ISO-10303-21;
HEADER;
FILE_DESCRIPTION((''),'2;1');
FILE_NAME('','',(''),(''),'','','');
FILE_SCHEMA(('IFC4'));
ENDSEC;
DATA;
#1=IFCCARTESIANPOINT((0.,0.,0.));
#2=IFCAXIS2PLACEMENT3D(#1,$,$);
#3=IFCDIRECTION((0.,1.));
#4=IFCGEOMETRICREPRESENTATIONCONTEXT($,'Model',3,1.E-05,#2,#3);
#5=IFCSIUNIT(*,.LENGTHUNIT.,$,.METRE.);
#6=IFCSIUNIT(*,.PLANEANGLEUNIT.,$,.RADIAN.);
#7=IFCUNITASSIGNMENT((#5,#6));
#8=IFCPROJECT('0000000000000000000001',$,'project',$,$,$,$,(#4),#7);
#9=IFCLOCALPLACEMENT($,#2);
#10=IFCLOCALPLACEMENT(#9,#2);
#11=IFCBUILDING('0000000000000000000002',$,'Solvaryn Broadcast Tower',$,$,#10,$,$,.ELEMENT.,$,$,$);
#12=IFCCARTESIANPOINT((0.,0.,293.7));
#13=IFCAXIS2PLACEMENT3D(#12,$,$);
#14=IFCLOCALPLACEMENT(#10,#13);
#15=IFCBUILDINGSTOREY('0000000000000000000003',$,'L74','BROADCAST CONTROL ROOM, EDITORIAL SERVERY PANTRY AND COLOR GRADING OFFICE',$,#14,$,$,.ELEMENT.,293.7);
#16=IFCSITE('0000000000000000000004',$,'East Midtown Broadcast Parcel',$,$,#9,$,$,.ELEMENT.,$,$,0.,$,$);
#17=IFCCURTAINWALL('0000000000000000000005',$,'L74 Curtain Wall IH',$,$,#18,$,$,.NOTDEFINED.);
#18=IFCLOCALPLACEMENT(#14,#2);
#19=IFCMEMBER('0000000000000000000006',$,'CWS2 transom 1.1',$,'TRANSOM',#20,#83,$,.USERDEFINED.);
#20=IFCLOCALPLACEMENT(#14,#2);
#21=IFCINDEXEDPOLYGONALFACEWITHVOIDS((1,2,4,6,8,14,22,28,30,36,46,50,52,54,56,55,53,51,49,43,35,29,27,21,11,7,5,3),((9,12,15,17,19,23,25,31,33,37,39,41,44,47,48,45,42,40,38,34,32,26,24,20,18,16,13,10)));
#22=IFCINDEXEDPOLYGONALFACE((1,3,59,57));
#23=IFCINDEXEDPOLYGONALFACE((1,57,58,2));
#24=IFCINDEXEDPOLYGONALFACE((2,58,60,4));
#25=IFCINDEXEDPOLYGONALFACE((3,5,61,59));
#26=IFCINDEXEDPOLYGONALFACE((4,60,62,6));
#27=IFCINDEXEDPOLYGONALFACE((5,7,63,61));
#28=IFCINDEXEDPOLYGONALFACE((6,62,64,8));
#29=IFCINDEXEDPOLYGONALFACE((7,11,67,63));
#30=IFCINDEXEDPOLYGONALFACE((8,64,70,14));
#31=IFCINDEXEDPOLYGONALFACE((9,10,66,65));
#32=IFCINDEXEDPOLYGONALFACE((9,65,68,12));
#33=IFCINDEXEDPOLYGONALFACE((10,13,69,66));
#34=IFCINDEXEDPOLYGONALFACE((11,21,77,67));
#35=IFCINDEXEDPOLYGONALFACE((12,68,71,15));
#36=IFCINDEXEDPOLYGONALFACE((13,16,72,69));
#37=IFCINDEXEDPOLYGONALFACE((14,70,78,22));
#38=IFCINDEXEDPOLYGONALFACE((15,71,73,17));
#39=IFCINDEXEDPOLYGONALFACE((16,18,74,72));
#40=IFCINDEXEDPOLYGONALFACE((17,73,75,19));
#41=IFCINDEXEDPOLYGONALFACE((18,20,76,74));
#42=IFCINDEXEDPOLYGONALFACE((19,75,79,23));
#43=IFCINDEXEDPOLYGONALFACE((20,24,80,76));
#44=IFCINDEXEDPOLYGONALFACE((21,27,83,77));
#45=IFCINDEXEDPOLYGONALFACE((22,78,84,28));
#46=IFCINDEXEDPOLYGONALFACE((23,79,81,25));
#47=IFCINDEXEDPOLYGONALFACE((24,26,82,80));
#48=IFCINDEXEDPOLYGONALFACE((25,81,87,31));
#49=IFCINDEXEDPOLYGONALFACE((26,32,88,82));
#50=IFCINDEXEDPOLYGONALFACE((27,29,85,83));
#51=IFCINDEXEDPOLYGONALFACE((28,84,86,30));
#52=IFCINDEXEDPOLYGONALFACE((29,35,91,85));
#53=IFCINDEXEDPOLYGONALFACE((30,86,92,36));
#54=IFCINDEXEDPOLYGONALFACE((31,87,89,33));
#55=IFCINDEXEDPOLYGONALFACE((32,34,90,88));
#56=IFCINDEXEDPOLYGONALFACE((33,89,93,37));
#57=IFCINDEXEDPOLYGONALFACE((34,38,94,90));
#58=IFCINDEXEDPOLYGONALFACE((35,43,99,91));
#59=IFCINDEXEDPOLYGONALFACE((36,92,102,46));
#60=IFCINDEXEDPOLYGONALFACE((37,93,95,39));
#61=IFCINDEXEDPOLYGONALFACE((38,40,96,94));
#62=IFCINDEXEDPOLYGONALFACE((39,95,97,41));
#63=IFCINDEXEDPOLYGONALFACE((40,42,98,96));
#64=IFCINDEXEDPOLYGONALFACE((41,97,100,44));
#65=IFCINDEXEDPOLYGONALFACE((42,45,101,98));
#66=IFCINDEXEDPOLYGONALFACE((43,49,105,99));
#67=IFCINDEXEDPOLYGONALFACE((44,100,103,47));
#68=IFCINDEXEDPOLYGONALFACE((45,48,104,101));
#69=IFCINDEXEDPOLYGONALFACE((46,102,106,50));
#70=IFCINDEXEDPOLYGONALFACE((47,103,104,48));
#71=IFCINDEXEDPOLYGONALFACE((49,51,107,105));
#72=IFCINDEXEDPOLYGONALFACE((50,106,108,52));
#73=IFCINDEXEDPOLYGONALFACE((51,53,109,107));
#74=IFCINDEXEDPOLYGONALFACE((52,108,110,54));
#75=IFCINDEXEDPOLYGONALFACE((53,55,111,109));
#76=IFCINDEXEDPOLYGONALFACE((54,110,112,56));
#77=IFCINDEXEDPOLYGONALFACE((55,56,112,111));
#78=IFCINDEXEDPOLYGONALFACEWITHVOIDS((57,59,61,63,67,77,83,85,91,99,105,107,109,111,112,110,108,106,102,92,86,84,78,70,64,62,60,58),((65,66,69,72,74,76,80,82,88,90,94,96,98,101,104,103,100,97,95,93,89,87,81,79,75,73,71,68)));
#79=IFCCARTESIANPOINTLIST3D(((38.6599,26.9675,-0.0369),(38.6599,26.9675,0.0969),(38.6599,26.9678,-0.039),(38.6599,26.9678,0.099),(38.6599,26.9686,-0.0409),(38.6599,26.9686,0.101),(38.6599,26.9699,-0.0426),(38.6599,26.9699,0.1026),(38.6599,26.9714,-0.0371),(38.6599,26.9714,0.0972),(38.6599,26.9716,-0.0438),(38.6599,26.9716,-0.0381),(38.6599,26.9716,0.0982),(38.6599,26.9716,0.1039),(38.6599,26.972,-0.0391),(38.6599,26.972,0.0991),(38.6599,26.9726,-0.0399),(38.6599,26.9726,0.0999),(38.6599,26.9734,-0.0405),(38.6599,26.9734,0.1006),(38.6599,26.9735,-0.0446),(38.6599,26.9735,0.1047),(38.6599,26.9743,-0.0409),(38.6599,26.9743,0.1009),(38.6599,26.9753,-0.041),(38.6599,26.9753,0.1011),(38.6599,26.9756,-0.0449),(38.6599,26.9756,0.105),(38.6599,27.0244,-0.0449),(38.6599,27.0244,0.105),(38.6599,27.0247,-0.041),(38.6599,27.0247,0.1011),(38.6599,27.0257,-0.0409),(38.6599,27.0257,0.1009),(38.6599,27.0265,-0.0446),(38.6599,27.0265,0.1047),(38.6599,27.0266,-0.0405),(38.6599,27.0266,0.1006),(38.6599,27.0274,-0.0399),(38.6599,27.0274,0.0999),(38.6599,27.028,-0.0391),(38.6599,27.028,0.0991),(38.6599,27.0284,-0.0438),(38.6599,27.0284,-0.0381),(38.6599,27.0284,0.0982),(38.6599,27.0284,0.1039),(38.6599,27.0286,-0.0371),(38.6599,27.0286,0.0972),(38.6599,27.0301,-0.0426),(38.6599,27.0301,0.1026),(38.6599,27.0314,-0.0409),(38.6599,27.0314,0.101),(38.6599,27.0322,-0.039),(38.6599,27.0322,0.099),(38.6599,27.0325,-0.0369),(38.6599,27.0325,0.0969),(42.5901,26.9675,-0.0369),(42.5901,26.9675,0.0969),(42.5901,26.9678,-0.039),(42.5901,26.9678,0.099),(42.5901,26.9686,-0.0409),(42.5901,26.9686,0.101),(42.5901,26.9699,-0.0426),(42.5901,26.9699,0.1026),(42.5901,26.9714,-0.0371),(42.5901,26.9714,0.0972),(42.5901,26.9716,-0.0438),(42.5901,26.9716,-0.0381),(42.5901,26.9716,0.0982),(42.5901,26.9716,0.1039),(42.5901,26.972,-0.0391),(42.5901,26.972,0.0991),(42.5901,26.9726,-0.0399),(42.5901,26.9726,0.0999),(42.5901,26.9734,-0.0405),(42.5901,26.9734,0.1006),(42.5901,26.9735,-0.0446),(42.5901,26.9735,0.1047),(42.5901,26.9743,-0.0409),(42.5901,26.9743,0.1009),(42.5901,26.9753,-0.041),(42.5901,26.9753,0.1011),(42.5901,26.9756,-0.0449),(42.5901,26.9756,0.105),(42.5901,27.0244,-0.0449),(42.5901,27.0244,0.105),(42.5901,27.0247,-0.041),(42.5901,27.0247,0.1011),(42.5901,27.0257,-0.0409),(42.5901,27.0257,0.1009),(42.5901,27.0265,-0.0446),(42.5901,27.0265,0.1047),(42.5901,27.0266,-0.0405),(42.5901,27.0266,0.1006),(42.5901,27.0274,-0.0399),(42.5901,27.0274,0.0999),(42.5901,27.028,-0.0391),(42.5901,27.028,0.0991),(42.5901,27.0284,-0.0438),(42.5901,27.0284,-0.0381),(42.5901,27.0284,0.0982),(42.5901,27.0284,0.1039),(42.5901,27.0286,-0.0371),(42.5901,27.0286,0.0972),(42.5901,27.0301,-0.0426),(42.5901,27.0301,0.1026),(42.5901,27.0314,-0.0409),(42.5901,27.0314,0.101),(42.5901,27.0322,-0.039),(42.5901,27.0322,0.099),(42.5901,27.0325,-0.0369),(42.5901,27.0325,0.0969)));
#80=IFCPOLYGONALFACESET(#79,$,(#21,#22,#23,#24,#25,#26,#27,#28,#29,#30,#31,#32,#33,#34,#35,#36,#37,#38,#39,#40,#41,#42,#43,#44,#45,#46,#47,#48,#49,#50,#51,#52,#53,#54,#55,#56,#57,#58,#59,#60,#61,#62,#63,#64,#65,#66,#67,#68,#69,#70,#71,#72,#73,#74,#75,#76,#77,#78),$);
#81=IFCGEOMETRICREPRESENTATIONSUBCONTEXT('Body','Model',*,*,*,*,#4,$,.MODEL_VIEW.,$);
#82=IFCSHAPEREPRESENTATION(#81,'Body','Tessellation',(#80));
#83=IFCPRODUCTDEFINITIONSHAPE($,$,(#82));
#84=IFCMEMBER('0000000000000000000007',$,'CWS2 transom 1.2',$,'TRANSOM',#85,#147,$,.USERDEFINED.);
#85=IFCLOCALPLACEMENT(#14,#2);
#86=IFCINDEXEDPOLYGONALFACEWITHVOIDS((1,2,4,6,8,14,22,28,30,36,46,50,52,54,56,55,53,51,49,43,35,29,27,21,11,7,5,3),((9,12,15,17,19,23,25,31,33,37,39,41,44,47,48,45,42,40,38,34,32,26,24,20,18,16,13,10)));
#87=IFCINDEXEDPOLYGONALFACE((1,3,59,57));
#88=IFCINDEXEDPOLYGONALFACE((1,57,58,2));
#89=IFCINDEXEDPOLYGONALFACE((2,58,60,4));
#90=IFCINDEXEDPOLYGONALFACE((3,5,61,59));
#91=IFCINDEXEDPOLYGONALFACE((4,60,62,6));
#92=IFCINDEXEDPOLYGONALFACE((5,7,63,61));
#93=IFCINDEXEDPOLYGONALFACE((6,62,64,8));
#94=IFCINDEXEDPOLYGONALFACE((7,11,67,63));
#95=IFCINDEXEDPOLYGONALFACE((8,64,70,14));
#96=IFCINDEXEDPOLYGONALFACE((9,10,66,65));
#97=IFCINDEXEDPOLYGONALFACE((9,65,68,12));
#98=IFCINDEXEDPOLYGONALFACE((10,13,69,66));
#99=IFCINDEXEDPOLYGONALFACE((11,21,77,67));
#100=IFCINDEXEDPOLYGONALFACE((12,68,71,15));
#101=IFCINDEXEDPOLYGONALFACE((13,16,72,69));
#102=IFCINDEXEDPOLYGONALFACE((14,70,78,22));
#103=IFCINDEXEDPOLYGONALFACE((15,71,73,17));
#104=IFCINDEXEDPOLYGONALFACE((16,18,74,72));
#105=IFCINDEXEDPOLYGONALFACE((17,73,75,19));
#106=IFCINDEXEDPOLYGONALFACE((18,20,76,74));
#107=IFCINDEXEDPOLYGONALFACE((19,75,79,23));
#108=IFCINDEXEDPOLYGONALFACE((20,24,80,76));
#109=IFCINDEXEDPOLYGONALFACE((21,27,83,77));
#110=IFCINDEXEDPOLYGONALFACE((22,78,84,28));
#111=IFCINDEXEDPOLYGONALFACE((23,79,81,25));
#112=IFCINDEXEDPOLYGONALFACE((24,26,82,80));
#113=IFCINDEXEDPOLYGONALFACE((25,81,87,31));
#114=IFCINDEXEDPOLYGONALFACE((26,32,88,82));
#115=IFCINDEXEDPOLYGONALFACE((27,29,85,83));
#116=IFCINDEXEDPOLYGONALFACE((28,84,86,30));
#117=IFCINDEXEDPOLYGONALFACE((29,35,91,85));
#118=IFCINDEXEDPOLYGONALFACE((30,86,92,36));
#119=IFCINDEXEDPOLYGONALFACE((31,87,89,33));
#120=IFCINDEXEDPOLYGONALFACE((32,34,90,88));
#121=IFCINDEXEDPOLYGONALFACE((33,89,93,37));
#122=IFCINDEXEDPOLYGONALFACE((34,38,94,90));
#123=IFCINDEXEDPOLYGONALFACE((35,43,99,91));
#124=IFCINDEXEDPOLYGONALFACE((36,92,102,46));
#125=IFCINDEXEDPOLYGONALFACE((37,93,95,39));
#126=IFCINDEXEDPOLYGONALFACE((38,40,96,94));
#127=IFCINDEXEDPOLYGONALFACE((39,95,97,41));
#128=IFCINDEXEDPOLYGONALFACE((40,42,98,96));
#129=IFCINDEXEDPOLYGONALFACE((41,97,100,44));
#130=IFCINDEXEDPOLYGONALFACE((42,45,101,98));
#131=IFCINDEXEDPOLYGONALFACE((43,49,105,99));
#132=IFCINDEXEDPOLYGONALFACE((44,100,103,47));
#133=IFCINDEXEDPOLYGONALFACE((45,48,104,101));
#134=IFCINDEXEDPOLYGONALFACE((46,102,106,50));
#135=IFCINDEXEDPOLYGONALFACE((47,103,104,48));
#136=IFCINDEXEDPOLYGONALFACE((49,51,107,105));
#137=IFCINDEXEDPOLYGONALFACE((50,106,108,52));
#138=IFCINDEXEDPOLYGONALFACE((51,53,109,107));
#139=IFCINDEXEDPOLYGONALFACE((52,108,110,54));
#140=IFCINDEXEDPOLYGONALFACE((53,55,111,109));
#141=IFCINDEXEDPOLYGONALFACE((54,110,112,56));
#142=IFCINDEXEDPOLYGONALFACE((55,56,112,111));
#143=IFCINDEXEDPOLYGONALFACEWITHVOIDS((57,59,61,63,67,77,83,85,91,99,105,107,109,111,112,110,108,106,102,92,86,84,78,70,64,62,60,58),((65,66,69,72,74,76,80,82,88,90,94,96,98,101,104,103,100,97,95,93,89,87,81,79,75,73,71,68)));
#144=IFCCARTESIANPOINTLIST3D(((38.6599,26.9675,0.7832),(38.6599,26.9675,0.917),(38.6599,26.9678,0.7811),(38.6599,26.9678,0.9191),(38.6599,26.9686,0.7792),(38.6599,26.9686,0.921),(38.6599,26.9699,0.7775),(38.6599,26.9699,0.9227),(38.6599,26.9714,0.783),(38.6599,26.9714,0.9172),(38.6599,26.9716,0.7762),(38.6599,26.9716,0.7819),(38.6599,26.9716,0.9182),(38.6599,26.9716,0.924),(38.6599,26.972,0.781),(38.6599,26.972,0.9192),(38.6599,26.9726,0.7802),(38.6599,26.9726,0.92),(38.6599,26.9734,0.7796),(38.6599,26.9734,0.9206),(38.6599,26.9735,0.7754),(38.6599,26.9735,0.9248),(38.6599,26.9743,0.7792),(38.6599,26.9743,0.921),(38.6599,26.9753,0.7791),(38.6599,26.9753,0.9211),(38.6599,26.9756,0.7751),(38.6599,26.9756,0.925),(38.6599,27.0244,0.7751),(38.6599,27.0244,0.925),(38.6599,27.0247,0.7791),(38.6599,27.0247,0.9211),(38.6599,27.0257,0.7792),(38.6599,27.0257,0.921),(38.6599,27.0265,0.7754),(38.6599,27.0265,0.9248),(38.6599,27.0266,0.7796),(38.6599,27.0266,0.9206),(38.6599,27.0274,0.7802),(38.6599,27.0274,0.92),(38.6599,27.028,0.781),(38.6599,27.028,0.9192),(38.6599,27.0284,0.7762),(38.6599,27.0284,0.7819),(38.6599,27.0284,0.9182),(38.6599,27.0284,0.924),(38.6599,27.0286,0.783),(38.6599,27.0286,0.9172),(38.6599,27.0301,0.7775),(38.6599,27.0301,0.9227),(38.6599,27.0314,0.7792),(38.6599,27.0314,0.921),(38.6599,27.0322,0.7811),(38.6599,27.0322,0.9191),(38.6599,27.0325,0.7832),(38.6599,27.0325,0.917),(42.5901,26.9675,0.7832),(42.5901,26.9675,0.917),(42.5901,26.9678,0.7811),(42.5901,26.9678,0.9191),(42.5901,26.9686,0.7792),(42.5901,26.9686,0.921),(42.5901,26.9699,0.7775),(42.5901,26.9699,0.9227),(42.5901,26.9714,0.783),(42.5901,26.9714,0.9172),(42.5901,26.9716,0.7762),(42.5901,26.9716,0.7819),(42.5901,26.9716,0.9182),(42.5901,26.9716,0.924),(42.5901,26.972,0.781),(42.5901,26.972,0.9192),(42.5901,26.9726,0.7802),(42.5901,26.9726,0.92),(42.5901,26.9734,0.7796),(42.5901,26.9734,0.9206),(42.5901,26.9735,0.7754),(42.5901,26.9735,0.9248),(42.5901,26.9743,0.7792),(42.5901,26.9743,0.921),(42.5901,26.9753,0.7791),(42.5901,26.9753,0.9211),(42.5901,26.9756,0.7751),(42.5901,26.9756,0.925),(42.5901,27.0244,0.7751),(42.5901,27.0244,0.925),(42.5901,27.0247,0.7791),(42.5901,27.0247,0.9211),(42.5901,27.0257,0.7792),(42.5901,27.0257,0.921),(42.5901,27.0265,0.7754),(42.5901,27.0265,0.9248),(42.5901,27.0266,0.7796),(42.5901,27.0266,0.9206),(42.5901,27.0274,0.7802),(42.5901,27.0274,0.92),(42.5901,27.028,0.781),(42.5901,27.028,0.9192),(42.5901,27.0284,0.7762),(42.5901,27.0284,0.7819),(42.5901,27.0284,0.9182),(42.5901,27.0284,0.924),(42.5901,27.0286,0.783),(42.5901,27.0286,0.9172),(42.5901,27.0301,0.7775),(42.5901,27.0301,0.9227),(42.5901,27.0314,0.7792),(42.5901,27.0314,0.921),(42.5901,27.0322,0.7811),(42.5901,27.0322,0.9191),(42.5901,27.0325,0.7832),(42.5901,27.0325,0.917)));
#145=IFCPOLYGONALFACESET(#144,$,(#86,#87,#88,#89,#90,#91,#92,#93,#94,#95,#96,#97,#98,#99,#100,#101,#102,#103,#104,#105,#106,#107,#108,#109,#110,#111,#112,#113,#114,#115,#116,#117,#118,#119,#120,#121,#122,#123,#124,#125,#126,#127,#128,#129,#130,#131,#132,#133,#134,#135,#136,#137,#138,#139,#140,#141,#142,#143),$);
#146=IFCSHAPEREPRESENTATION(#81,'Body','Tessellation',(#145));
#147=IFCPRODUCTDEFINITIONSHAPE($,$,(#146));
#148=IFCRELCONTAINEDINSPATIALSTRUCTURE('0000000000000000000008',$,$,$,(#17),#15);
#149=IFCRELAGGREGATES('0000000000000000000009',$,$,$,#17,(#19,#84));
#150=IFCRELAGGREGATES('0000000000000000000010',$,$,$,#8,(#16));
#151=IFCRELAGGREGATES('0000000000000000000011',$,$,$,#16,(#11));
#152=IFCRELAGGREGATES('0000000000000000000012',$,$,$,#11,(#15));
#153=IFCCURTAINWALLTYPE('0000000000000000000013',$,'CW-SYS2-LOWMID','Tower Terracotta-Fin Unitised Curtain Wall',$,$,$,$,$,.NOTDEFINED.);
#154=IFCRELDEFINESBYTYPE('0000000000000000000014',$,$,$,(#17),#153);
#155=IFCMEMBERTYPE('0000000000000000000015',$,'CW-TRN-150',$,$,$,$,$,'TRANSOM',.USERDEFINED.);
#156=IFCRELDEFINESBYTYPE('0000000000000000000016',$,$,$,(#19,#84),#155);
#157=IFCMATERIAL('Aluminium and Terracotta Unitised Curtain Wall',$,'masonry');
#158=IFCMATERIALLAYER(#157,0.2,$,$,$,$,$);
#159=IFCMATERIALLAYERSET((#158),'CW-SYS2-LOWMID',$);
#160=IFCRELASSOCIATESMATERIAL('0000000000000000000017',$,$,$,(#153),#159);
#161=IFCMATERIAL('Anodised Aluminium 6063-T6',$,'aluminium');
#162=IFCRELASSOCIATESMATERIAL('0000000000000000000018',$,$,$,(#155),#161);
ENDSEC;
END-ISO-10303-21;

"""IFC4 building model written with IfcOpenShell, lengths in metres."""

from ifc_helpers import new_model, si_unit, direction, frame, origin, origin_2d, place, context, subcontext, project, spatial, hollow_rectangle, extrude, material, layer, layer_set, material_profile, profile_set, type_object, element, aggregate, save


model = new_model("IFC4")

# Units and contexts
model_context = context("Model", 3, precision=1e-05, world=origin(), true_north=direction((0.0, 1.0)))
body_context = subcontext(model_context, "Body", "Model", "MODEL_VIEW")
ifc_project = project(units=[si_unit("LENGTHUNIT", "METRE"), si_unit("PLANEANGLEUNIT", "RADIAN")], contexts=[model_context])

# Site, building, storey
site_placement = place(None, origin())
site = spatial("IfcSite", under=ifc_project, at=site_placement, Name="East Midtown Broadcast Parcel", CompositionType="ELEMENT", RefElevation=0.0)
building_placement = place(site_placement, origin())
building = spatial("IfcBuilding", under=site, at=building_placement, Name="Solvaryn Broadcast Tower", CompositionType="ELEMENT")
storey_placement = place(building_placement, frame((0.0, 0.0, 293.7)))
storey = spatial("IfcBuildingStorey", under=building, at=storey_placement, Name="L74", Description="BROADCAST CONTROL ROOM, EDITORIAL SERVERY PANTRY AND COLOR GRADING OFFICE", CompositionType="ELEMENT", Elevation=293.7)

# Shared definitions
ifc_material_1 = material(Name="Aluminium and Terracotta Unitised Curtain Wall", Category="masonry")
ifc_layer_1 = layer(ifc_material_1, 0.2)
ifc_layer_set_1 = layer_set([ifc_layer_1], Name="CW-SYS2-LOWMID")
curtain_wall_type = type_object("IfcCurtainWallType", Name="CW-SYS2-LOWMID", Description="Tower Terracotta-Fin Unitised Curtain Wall", PredefinedType="NOTDEFINED", material=ifc_layer_set_1)

# Curtain wall
curtain_wall_1_placement = place(storey_placement, origin())
curtain_wall_1 = element("IfcCurtainWall", 1, at=curtain_wall_1_placement, inside=storey, type_object=curtain_wall_type, Name="L74 Curtain Wall IH", PredefinedType="NOTDEFINED")

# Members
ifc_material_2 = material(Name="Anodised Aluminium 6063-T6", Category="aluminium")
ifc_material_profile_1 = material_profile(ifc_material_2, hollow_rectangle(XDim=0.0649, YDim=0.1499, WallThickness=0.0039, InnerFilletRadius=0.0039, OuterFilletRadius=0.0081, at=origin_2d()))
ifc_profile_set_1 = profile_set([ifc_material_profile_1], Name="Anodised Aluminium 6063-T6")
member_type_1 = type_object("IfcMemberType", Name="CW-TRN-150", ElementType="TRANSOM", PredefinedType="USERDEFINED", material=ifc_profile_set_1)
member_1_placement = place(storey_placement, frame((38.6599, 27.0, 0.03), z_axis=(1.0, 0.0, 0.0), x_axis=(0.0, 1.0, 0.0)))
member_1 = element("IfcMember", 2, at=member_1_placement, type_object=member_type_1, Name="CWS2 transom 1.1", ObjectType="TRANSOM", PredefinedType="USERDEFINED", context=body_context, shape_type="SweptSolid", body=[
    extrude(hollow_rectangle(XDim=0.0649, YDim=0.1499, WallThickness=0.0039, InnerFilletRadius=0.0039, OuterFilletRadius=0.0081, at=origin_2d()), origin(), (0.0, 0.0, 1.0), 3.9302),
])
member_2_placement = place(storey_placement, frame((38.6599, 27.0, 0.8501), z_axis=(1.0, 0.0, 0.0), x_axis=(0.0, 1.0, 0.0)))
member_2 = element("IfcMember", 3, at=member_2_placement, type_object=member_type_1, Name="CWS2 transom 1.2", ObjectType="TRANSOM", PredefinedType="USERDEFINED", context=body_context, shape_type="SweptSolid", body=[
    extrude(hollow_rectangle(XDim=0.0649, YDim=0.1499, WallThickness=0.0039, InnerFilletRadius=0.0039, OuterFilletRadius=0.0081, at=origin_2d()), origin(), (0.0, 0.0, 1.0), 3.9302),
])

aggregate(curtain_wall_1, [member_1, member_2])

save(model, "model.ifc")
